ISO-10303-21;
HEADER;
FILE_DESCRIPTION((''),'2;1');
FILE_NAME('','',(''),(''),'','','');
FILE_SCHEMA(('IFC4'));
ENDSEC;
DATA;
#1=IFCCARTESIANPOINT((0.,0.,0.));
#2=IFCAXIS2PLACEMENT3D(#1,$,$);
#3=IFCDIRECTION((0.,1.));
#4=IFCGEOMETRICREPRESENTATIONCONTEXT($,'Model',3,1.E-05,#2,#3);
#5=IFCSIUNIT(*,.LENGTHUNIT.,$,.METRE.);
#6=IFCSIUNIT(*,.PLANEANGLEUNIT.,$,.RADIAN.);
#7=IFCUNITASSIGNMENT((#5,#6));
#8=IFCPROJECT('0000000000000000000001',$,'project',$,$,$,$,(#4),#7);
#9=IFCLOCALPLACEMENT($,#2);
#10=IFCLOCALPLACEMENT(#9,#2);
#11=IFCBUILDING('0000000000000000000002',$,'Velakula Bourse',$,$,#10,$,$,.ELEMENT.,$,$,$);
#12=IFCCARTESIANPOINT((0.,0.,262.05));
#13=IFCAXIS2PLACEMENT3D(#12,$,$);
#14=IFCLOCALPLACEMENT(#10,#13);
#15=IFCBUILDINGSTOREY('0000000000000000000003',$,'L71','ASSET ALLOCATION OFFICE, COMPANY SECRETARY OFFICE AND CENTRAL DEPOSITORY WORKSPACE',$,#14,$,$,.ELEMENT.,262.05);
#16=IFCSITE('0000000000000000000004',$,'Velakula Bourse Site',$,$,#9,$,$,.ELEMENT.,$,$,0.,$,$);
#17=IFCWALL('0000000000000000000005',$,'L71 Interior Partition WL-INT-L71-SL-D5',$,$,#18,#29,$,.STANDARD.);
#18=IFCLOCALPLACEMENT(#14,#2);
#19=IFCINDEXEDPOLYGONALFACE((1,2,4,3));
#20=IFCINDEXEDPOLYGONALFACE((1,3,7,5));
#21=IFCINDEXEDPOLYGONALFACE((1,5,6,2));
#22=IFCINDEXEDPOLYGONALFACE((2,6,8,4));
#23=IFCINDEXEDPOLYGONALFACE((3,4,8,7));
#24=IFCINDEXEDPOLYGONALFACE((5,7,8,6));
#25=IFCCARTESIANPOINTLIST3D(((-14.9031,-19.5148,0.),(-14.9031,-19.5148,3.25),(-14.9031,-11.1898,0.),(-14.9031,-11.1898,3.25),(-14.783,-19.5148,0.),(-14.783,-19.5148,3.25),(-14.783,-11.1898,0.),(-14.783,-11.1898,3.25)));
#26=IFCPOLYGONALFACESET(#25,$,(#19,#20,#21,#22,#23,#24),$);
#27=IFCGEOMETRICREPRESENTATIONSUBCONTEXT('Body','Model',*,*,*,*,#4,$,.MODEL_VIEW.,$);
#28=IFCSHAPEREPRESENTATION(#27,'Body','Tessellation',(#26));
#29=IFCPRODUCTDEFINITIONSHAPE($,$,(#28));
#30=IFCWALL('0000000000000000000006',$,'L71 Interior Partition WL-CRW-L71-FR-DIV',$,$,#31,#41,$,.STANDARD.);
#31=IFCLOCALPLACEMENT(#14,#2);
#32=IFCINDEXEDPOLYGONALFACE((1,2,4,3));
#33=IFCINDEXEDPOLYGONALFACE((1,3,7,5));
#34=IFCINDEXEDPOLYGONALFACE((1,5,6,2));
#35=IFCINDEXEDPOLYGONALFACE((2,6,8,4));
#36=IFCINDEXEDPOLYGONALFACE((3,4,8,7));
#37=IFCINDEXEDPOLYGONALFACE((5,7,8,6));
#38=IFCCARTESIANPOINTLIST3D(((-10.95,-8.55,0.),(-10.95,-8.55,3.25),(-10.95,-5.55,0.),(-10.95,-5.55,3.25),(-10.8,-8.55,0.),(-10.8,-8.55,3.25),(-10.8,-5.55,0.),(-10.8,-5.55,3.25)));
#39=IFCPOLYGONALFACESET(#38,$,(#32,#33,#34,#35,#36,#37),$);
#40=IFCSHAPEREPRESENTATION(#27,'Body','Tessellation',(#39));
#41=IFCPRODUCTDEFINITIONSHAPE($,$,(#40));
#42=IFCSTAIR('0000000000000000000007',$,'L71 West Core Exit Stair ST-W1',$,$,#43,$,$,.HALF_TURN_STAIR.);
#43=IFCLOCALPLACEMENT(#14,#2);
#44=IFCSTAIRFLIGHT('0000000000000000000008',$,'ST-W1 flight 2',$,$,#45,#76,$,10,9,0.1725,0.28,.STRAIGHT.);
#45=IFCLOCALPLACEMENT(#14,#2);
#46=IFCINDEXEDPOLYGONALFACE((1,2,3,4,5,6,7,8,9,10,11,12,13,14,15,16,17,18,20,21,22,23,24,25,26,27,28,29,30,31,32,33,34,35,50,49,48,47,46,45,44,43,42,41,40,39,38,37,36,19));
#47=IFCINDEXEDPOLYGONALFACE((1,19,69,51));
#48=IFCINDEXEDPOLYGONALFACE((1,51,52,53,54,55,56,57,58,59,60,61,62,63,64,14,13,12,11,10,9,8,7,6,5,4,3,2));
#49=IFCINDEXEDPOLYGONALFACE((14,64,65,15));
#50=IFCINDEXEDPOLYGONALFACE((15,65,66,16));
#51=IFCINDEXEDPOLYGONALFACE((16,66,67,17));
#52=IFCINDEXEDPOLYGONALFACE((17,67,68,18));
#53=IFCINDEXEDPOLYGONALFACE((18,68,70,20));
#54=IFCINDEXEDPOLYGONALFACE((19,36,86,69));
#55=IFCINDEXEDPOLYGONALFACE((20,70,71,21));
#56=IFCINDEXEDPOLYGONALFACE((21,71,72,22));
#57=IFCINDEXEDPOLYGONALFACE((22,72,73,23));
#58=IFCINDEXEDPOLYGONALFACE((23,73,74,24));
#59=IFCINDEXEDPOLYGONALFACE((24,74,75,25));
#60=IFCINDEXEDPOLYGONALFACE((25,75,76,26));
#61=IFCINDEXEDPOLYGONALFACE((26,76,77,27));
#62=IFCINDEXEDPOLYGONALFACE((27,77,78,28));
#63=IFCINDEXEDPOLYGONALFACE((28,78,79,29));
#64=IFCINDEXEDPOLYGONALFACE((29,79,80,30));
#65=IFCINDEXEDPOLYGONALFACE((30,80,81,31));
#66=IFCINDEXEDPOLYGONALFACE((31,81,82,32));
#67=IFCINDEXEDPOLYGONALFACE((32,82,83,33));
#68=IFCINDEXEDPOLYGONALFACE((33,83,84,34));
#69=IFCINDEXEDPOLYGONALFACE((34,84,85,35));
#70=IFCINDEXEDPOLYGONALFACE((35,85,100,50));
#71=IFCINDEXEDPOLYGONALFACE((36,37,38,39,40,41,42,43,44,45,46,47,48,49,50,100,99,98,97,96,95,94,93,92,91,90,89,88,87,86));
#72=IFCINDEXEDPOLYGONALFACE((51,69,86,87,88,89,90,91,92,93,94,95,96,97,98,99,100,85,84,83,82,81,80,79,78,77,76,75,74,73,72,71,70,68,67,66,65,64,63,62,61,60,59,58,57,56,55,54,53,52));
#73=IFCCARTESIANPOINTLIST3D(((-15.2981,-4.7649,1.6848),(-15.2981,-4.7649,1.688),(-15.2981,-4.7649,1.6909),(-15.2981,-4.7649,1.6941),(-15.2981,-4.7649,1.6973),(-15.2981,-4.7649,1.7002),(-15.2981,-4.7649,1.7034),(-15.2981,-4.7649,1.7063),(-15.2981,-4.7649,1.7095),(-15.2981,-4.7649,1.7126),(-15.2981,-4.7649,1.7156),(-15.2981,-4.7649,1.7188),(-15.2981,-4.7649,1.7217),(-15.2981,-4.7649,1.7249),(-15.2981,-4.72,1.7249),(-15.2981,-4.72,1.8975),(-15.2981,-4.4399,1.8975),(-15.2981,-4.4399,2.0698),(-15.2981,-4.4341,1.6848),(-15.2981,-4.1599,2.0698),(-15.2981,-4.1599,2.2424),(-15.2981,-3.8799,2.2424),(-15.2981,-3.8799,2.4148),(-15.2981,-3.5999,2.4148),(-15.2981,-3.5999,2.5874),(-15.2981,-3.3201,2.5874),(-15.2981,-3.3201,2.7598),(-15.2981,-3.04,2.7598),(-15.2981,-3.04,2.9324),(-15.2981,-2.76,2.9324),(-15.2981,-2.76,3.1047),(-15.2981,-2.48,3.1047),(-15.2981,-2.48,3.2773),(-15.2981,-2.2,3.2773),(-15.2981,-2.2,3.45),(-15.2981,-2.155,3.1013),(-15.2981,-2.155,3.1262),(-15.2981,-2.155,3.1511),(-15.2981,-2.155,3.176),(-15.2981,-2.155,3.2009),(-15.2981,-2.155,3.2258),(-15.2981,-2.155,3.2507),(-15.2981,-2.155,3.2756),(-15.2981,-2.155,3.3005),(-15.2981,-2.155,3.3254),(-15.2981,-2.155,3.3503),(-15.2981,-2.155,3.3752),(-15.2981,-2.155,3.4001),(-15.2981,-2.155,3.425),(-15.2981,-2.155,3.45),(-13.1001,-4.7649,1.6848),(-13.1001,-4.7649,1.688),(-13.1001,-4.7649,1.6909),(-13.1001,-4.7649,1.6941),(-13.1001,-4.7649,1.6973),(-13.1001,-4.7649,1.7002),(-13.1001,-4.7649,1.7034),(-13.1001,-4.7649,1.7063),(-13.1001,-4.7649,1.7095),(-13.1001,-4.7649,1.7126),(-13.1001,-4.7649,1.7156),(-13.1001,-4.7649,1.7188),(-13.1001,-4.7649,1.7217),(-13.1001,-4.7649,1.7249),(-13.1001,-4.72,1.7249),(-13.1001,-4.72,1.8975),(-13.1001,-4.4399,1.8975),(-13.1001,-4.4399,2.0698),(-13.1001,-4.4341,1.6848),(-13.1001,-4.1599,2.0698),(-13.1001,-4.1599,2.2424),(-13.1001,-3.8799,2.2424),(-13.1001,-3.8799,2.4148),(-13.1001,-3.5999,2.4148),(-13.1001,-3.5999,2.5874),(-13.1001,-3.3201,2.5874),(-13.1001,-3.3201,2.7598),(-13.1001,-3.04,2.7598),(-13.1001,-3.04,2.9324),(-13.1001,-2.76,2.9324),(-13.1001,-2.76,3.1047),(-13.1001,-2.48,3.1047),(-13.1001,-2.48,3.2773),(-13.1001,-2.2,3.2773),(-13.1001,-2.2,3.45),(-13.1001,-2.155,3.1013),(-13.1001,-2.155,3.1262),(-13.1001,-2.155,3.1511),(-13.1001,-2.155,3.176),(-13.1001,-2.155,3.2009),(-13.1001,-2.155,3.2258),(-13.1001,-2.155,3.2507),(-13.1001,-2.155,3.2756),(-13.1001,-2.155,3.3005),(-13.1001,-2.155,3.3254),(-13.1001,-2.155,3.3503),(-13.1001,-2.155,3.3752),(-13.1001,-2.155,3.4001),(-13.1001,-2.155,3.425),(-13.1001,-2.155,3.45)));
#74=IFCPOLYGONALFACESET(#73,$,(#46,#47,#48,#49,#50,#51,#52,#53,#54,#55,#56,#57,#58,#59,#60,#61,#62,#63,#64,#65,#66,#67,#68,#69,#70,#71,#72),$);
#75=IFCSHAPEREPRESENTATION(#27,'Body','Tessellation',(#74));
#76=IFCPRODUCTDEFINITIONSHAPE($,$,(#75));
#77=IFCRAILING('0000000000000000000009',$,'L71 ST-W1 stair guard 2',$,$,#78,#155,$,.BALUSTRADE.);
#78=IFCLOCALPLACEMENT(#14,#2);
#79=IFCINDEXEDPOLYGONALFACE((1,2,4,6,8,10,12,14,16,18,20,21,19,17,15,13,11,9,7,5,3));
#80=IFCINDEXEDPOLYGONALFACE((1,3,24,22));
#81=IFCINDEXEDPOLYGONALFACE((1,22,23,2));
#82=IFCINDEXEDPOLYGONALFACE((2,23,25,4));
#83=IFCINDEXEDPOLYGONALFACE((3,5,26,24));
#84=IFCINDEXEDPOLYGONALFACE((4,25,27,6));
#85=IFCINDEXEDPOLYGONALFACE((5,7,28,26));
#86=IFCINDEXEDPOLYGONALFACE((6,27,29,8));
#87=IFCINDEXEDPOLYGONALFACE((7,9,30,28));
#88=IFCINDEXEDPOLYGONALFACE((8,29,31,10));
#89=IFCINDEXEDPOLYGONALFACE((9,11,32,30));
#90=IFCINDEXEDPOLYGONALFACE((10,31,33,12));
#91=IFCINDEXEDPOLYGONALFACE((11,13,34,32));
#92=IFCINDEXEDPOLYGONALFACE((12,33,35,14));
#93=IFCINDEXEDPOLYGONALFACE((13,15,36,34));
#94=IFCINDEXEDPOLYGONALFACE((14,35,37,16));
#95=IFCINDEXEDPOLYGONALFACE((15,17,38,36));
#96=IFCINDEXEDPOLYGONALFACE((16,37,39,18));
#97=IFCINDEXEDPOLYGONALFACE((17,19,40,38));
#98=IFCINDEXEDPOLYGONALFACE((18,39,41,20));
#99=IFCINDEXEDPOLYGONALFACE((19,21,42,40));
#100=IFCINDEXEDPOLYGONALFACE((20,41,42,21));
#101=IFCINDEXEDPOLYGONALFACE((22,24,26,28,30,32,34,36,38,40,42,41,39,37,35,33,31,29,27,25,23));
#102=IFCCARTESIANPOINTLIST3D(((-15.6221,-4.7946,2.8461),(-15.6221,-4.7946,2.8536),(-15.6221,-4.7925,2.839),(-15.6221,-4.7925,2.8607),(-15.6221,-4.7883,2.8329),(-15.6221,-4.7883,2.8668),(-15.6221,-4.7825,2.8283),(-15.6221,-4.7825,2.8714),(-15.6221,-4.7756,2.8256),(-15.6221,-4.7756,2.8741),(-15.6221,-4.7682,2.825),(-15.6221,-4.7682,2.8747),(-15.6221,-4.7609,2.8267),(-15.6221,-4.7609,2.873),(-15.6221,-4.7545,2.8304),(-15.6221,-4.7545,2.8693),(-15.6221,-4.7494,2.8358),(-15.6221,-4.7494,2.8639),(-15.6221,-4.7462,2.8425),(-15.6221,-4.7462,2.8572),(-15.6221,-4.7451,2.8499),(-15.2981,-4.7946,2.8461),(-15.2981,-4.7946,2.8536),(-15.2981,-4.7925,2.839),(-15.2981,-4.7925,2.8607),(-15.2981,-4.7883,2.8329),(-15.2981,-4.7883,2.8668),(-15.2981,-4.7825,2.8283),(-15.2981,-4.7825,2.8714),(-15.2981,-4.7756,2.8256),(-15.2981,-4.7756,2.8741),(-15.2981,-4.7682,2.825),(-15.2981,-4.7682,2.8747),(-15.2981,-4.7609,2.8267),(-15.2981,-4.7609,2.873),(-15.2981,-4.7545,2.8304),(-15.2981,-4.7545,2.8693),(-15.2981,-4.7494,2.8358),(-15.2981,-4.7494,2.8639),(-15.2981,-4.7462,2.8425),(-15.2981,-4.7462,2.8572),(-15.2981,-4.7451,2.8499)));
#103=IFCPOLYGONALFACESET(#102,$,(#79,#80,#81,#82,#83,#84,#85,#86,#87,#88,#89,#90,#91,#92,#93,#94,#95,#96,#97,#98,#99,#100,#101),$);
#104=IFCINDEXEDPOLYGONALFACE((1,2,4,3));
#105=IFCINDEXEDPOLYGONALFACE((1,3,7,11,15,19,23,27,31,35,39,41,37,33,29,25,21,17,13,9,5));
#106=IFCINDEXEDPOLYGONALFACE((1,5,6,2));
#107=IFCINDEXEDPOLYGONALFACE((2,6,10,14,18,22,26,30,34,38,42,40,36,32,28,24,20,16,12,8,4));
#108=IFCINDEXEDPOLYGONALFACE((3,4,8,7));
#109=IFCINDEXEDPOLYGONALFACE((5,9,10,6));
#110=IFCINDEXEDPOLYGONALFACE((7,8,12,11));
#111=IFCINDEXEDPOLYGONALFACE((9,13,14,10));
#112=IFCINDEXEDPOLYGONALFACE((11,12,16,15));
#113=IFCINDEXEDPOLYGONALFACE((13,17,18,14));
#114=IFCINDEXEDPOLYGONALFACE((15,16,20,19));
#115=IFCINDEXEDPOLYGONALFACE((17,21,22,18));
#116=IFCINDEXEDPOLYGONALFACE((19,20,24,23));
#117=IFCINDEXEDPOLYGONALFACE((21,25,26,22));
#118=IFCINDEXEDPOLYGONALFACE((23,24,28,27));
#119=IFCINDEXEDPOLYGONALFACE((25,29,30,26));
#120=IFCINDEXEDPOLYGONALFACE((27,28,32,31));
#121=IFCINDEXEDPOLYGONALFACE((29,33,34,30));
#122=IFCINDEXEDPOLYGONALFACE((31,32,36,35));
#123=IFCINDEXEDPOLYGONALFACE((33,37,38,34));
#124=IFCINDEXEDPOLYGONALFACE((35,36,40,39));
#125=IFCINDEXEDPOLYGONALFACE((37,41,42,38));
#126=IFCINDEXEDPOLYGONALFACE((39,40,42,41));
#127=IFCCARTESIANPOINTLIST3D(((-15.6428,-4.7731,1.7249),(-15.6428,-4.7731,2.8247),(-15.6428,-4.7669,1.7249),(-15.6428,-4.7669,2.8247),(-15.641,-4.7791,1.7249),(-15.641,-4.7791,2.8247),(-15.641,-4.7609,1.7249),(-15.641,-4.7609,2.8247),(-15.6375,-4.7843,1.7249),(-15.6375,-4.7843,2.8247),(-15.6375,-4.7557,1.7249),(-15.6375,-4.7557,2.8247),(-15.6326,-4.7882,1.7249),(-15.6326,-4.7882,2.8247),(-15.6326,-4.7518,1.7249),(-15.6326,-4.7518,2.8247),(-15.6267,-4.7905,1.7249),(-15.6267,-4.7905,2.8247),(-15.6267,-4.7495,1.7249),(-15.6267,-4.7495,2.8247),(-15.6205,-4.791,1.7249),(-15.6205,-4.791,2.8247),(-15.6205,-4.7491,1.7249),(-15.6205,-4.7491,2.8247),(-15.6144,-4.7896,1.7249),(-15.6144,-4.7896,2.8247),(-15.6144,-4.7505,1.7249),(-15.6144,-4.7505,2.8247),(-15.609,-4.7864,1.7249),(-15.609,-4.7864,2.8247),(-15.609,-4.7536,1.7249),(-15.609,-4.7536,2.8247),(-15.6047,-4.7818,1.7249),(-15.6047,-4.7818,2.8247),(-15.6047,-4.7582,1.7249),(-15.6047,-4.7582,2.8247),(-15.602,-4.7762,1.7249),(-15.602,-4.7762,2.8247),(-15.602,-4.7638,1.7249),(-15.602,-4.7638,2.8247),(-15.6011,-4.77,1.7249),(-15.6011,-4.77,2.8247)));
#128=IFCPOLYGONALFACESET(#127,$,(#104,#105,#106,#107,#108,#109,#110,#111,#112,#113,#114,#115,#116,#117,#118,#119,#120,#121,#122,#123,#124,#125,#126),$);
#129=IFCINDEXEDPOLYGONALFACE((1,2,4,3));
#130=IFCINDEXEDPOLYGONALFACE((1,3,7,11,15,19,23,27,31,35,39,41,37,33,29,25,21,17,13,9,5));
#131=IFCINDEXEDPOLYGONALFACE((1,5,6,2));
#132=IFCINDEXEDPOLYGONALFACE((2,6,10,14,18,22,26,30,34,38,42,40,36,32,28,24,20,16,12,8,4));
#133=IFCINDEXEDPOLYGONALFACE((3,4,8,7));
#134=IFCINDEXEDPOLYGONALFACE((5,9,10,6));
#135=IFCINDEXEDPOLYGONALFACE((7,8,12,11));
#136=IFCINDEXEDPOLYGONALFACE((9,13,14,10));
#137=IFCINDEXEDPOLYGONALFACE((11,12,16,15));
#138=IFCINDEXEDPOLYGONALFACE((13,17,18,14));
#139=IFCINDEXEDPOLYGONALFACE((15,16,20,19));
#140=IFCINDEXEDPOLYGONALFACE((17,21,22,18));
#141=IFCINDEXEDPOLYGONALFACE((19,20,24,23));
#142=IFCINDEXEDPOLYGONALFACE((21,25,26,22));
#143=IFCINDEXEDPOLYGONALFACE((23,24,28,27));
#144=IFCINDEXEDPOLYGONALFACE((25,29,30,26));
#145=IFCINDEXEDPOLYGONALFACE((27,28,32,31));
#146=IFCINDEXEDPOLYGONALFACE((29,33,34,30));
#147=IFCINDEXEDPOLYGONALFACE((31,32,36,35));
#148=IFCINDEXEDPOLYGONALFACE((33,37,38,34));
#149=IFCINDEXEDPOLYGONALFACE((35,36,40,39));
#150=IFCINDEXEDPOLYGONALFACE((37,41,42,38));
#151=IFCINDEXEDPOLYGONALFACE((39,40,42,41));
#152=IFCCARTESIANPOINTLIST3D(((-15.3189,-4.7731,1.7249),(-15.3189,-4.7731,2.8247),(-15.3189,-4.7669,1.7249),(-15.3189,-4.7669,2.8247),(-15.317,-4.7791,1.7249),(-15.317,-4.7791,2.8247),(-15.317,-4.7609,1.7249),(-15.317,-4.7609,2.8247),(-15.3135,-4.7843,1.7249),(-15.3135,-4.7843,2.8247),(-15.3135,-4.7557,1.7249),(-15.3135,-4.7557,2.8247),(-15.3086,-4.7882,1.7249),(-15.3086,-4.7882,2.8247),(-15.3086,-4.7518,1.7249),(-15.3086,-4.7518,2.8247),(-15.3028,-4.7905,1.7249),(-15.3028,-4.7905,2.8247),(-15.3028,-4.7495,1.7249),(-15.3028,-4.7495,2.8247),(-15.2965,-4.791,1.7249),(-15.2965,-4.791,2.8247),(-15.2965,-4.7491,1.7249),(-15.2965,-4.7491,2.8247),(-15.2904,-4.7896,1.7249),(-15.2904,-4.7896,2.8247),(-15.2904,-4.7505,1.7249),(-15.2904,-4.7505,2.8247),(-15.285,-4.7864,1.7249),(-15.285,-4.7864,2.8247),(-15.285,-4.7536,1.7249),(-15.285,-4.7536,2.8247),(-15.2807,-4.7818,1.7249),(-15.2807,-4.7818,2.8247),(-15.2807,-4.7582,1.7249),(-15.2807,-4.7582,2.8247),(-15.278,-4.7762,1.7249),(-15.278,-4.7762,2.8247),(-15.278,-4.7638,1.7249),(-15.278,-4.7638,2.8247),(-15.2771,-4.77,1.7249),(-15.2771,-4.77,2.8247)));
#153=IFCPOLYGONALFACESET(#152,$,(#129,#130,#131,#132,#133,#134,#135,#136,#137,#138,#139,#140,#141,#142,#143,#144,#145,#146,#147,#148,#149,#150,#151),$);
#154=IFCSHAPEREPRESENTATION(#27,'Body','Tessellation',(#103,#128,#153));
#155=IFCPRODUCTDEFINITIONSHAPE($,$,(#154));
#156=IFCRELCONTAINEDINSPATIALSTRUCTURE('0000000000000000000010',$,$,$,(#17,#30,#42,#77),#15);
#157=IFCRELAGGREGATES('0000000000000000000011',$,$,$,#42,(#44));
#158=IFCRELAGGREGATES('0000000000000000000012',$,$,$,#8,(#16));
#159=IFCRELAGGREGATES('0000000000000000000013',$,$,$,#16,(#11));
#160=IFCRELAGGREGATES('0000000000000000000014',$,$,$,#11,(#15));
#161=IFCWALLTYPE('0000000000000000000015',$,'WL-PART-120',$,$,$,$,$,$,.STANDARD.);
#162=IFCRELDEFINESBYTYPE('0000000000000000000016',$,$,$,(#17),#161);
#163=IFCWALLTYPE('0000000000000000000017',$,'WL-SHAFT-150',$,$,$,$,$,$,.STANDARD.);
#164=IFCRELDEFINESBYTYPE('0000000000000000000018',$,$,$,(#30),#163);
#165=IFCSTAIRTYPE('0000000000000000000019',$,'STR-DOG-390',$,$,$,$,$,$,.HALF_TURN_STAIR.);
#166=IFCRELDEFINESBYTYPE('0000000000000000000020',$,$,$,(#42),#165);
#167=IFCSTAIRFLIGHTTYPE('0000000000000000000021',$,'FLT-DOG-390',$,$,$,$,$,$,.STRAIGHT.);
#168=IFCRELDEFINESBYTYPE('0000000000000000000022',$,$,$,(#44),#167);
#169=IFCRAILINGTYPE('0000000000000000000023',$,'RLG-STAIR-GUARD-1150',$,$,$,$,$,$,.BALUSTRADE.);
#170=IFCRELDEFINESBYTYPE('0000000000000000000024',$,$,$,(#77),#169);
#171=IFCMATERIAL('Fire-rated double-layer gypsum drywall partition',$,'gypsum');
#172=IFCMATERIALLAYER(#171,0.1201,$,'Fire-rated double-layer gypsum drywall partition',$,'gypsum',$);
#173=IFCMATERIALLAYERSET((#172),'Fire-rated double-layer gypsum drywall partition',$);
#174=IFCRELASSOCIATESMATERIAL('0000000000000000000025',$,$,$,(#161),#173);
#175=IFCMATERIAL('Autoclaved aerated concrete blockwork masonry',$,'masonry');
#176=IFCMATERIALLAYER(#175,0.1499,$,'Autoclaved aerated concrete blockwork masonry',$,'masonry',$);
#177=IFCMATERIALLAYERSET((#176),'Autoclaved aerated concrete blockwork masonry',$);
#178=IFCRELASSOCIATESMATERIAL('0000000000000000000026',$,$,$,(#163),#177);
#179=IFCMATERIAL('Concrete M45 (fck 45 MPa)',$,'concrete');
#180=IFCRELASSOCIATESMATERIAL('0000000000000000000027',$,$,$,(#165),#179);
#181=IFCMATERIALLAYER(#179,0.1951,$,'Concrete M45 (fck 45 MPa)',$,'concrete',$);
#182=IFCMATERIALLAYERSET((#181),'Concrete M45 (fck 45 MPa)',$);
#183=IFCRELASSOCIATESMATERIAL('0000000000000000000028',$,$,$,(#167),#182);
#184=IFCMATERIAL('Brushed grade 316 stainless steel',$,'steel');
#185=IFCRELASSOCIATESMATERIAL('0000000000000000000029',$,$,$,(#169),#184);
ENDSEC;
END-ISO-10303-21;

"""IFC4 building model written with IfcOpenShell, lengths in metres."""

from ifc_helpers import new_model, si_unit, direction, frame, frame_2d, origin, origin_2d, place, context, subcontext, project, spatial, polyline, rectangle, circle, outline, extrude, material, layer, layer_set, type_object, element, aggregate, save


model = new_model("IFC4")

# Units and contexts
model_context = context("Model", 3, precision=1e-05, world=origin(), true_north=direction((0.0, 1.0)))
body_context = subcontext(model_context, "Body", "Model", "MODEL_VIEW")
ifc_project = project(units=[si_unit("LENGTHUNIT", "METRE"), si_unit("PLANEANGLEUNIT", "RADIAN")], contexts=[model_context])

# Site, building, storey
site_placement = place(None, origin())
site = spatial("IfcSite", under=ifc_project, at=site_placement, Name="Velakula Bourse Site", CompositionType="ELEMENT", RefElevation=0.0)
building_placement = place(site_placement, origin())
building = spatial("IfcBuilding", under=site, at=building_placement, Name="Velakula Bourse", CompositionType="ELEMENT")
storey_placement = place(building_placement, frame((0.0, 0.0, 262.05)))
storey = spatial("IfcBuildingStorey", under=building, at=storey_placement, Name="L71", Description="ASSET ALLOCATION OFFICE, COMPANY SECRETARY OFFICE AND CENTRAL DEPOSITORY WORKSPACE", CompositionType="ELEMENT", Elevation=262.05)

# Wall
ifc_material_1 = material(Name="Fire-rated double-layer gypsum drywall partition", Category="gypsum")
ifc_layer_1 = layer(ifc_material_1, 0.1201, Name="Fire-rated double-layer gypsum drywall partition", Category="gypsum")
ifc_layer_set_1 = layer_set([ifc_layer_1], Name="Fire-rated double-layer gypsum drywall partition")
wall_type_1 = type_object("IfcWallType", Name="WL-PART-120", PredefinedType="STANDARD", material=ifc_layer_set_1)
wall_1_placement = place(storey_placement, frame((-14.843, -19.5149, 0.0), z_axis=(0.0, 0.0, 1.0), x_axis=(0.0, 1.0, 0.0)))
element("IfcWall", 1, at=wall_1_placement, inside=storey, type_object=wall_type_1, Name="L71 Interior Partition WL-INT-L71-SL-D5", PredefinedType="STANDARD", context=body_context, shape_type="SweptSolid", body=[
    extrude(rectangle(XDim=8.325, YDim=0.1201, at=frame_2d((4.1626, 0.0))), origin(), (0.0, 0.0, 1.0), 3.25),
])

# Shared definitions
ifc_material_2 = material(Name="Autoclaved aerated concrete blockwork masonry", Category="masonry")
ifc_layer_2 = layer(ifc_material_2, 0.1499, Name="Autoclaved aerated concrete blockwork masonry", Category="masonry")
ifc_layer_set_2 = layer_set([ifc_layer_2], Name="Autoclaved aerated concrete blockwork masonry")
wall_type_2 = type_object("IfcWallType", Name="WL-SHAFT-150", PredefinedType="STANDARD", material=ifc_layer_set_2)
ifc_material_3 = material(Name="Brushed grade 316 stainless steel", Category="steel")

# Wall
wall_2_placement = place(storey_placement, frame((-10.875, -8.55, 0.0), z_axis=(0.0, 0.0, 1.0), x_axis=(0.0, 1.0, 0.0)))
element("IfcWall", 2, at=wall_2_placement, inside=storey, type_object=wall_type_2, Name="L71 Interior Partition WL-CRW-L71-FR-DIV", PredefinedType="STANDARD", context=body_context, shape_type="SweptSolid", body=[
    extrude(rectangle(XDim=3.0, YDim=0.1499, at=frame_2d((1.5, 0.0))), origin(), (0.0, 0.0, 1.0), 3.25),
])

# Stair, stair flight
ifc_material_4 = material(Name="Concrete M45 (fck 45 MPa)", Category="concrete")
stair_type = type_object("IfcStairType", Name="STR-DOG-390", PredefinedType="HALF_TURN_STAIR", material=ifc_material_4)
stair_placement = place(storey_placement, origin())
stair = element("IfcStair", 3, at=stair_placement, inside=storey, type_object=stair_type, Name="L71 West Core Exit Stair ST-W1", PredefinedType="HALF_TURN_STAIR")
ifc_layer_3 = layer(ifc_material_4, 0.1951, Name="Concrete M45 (fck 45 MPa)", Category="concrete")
ifc_layer_set_3 = layer_set([ifc_layer_3], Name="Concrete M45 (fck 45 MPa)")
stair_flight_type = type_object("IfcStairFlightType", Name="FLT-DOG-390", PredefinedType="STRAIGHT", material=ifc_layer_set_3)
stair_flight_placement = place(storey_placement, frame((-14.199, -4.72, 1.7249), z_axis=(0.0, 0.0, 1.0), x_axis=(0.0, 1.0, 0.0)))
stair_flight = element("IfcStairFlight", 4, at=stair_flight_placement, type_object=stair_flight_type, Name="ST-W1 flight 2", NumberOfRisers=10, NumberOfTreads=9, PredefinedType="STRAIGHT", RiserHeight=0.1725, TreadLength=0.28, context=body_context, shape_type="SweptSolid", body=[
    extrude(outline(polyline([(-0.0449, -0.04), (-0.0449, -0.0369), (-0.0449, -0.0339), (-0.0449, -0.0308), (-0.0449, -0.0276), (-0.0449, -0.0247), (-0.0449, -0.0215), (-0.0449, -0.0186), (-0.0449, -0.0154), (-0.0449, -0.0122), (-0.0449, -0.0093), (-0.0449, -0.0061), (-0.0449, -0.0032), (-0.0449, 0.0), (0.0, 0.0), (0.0, 0.1726), (0.28, 0.1726), (0.28, 0.345), (0.5601, 0.345), (0.5601, 0.5176), (0.8401, 0.5176), (0.8401, 0.6899), (1.1201, 0.6899), (1.1201, 0.8625), (1.3999, 0.8625), (1.3999, 1.0349), (1.6799, 1.0349), (1.6799, 1.2075), (1.96, 1.2075), (1.96, 1.3799), (2.24, 1.3799), (2.24, 1.5525), (2.52, 1.5525), (2.52, 1.7251), (2.5649, 1.7251), (2.5649, 1.7002), (2.5649, 1.6753), (2.5649, 1.6504), (2.5649, 1.6255), (2.5649, 1.6006), (2.5649, 1.5757), (2.5649, 1.5508), (2.5649, 1.5259), (2.5649, 1.501), (2.5649, 1.4761), (2.5649, 1.4512), (2.5649, 1.4263), (2.5649, 1.4014), (2.5649, 1.3765), (0.2859, -0.04), (-0.0449, -0.04)])), frame((0.0, 1.0991, 0.0), z_axis=(0.0, -1.0, 0.0), x_axis=(1.0, 0.0, 0.0)), (0.0, 0.0, 1.0), 2.198),
])
aggregate(stair, [stair_flight])

# Railing
railing_type_1 = type_object("IfcRailingType", Name="RLG-STAIR-GUARD-1150", PredefinedType="BALUSTRADE", material=ifc_material_3)
railing_1_placement = place(storey_placement, frame((-15.6221, -4.77, 1.7249)))
element("IfcRailing", 5, at=railing_1_placement, inside=storey, type_object=railing_type_1, Name="L71 ST-W1 stair guard 2", PredefinedType="BALUSTRADE", context=body_context, shape_type="SweptSolid", body=[
    extrude(circle(Radius=0.0249, at=origin_2d()), frame((0.0, 0.0, 1.125), z_axis=(1.0, 0.0, 0.0), x_axis=(0.0, 1.0, 0.0)), (0.0, 0.0, 1.0), 0.324),
    extrude(circle(Radius=0.021, at=origin_2d()), origin(), (0.0, 0.0, 1.0), 1.0999),
    extrude(circle(Radius=0.021, at=origin_2d()), frame((0.324, 0.0, 0.0)), (0.0, 0.0, 1.0), 1.0999),
])

save(model, "model.ifc")
